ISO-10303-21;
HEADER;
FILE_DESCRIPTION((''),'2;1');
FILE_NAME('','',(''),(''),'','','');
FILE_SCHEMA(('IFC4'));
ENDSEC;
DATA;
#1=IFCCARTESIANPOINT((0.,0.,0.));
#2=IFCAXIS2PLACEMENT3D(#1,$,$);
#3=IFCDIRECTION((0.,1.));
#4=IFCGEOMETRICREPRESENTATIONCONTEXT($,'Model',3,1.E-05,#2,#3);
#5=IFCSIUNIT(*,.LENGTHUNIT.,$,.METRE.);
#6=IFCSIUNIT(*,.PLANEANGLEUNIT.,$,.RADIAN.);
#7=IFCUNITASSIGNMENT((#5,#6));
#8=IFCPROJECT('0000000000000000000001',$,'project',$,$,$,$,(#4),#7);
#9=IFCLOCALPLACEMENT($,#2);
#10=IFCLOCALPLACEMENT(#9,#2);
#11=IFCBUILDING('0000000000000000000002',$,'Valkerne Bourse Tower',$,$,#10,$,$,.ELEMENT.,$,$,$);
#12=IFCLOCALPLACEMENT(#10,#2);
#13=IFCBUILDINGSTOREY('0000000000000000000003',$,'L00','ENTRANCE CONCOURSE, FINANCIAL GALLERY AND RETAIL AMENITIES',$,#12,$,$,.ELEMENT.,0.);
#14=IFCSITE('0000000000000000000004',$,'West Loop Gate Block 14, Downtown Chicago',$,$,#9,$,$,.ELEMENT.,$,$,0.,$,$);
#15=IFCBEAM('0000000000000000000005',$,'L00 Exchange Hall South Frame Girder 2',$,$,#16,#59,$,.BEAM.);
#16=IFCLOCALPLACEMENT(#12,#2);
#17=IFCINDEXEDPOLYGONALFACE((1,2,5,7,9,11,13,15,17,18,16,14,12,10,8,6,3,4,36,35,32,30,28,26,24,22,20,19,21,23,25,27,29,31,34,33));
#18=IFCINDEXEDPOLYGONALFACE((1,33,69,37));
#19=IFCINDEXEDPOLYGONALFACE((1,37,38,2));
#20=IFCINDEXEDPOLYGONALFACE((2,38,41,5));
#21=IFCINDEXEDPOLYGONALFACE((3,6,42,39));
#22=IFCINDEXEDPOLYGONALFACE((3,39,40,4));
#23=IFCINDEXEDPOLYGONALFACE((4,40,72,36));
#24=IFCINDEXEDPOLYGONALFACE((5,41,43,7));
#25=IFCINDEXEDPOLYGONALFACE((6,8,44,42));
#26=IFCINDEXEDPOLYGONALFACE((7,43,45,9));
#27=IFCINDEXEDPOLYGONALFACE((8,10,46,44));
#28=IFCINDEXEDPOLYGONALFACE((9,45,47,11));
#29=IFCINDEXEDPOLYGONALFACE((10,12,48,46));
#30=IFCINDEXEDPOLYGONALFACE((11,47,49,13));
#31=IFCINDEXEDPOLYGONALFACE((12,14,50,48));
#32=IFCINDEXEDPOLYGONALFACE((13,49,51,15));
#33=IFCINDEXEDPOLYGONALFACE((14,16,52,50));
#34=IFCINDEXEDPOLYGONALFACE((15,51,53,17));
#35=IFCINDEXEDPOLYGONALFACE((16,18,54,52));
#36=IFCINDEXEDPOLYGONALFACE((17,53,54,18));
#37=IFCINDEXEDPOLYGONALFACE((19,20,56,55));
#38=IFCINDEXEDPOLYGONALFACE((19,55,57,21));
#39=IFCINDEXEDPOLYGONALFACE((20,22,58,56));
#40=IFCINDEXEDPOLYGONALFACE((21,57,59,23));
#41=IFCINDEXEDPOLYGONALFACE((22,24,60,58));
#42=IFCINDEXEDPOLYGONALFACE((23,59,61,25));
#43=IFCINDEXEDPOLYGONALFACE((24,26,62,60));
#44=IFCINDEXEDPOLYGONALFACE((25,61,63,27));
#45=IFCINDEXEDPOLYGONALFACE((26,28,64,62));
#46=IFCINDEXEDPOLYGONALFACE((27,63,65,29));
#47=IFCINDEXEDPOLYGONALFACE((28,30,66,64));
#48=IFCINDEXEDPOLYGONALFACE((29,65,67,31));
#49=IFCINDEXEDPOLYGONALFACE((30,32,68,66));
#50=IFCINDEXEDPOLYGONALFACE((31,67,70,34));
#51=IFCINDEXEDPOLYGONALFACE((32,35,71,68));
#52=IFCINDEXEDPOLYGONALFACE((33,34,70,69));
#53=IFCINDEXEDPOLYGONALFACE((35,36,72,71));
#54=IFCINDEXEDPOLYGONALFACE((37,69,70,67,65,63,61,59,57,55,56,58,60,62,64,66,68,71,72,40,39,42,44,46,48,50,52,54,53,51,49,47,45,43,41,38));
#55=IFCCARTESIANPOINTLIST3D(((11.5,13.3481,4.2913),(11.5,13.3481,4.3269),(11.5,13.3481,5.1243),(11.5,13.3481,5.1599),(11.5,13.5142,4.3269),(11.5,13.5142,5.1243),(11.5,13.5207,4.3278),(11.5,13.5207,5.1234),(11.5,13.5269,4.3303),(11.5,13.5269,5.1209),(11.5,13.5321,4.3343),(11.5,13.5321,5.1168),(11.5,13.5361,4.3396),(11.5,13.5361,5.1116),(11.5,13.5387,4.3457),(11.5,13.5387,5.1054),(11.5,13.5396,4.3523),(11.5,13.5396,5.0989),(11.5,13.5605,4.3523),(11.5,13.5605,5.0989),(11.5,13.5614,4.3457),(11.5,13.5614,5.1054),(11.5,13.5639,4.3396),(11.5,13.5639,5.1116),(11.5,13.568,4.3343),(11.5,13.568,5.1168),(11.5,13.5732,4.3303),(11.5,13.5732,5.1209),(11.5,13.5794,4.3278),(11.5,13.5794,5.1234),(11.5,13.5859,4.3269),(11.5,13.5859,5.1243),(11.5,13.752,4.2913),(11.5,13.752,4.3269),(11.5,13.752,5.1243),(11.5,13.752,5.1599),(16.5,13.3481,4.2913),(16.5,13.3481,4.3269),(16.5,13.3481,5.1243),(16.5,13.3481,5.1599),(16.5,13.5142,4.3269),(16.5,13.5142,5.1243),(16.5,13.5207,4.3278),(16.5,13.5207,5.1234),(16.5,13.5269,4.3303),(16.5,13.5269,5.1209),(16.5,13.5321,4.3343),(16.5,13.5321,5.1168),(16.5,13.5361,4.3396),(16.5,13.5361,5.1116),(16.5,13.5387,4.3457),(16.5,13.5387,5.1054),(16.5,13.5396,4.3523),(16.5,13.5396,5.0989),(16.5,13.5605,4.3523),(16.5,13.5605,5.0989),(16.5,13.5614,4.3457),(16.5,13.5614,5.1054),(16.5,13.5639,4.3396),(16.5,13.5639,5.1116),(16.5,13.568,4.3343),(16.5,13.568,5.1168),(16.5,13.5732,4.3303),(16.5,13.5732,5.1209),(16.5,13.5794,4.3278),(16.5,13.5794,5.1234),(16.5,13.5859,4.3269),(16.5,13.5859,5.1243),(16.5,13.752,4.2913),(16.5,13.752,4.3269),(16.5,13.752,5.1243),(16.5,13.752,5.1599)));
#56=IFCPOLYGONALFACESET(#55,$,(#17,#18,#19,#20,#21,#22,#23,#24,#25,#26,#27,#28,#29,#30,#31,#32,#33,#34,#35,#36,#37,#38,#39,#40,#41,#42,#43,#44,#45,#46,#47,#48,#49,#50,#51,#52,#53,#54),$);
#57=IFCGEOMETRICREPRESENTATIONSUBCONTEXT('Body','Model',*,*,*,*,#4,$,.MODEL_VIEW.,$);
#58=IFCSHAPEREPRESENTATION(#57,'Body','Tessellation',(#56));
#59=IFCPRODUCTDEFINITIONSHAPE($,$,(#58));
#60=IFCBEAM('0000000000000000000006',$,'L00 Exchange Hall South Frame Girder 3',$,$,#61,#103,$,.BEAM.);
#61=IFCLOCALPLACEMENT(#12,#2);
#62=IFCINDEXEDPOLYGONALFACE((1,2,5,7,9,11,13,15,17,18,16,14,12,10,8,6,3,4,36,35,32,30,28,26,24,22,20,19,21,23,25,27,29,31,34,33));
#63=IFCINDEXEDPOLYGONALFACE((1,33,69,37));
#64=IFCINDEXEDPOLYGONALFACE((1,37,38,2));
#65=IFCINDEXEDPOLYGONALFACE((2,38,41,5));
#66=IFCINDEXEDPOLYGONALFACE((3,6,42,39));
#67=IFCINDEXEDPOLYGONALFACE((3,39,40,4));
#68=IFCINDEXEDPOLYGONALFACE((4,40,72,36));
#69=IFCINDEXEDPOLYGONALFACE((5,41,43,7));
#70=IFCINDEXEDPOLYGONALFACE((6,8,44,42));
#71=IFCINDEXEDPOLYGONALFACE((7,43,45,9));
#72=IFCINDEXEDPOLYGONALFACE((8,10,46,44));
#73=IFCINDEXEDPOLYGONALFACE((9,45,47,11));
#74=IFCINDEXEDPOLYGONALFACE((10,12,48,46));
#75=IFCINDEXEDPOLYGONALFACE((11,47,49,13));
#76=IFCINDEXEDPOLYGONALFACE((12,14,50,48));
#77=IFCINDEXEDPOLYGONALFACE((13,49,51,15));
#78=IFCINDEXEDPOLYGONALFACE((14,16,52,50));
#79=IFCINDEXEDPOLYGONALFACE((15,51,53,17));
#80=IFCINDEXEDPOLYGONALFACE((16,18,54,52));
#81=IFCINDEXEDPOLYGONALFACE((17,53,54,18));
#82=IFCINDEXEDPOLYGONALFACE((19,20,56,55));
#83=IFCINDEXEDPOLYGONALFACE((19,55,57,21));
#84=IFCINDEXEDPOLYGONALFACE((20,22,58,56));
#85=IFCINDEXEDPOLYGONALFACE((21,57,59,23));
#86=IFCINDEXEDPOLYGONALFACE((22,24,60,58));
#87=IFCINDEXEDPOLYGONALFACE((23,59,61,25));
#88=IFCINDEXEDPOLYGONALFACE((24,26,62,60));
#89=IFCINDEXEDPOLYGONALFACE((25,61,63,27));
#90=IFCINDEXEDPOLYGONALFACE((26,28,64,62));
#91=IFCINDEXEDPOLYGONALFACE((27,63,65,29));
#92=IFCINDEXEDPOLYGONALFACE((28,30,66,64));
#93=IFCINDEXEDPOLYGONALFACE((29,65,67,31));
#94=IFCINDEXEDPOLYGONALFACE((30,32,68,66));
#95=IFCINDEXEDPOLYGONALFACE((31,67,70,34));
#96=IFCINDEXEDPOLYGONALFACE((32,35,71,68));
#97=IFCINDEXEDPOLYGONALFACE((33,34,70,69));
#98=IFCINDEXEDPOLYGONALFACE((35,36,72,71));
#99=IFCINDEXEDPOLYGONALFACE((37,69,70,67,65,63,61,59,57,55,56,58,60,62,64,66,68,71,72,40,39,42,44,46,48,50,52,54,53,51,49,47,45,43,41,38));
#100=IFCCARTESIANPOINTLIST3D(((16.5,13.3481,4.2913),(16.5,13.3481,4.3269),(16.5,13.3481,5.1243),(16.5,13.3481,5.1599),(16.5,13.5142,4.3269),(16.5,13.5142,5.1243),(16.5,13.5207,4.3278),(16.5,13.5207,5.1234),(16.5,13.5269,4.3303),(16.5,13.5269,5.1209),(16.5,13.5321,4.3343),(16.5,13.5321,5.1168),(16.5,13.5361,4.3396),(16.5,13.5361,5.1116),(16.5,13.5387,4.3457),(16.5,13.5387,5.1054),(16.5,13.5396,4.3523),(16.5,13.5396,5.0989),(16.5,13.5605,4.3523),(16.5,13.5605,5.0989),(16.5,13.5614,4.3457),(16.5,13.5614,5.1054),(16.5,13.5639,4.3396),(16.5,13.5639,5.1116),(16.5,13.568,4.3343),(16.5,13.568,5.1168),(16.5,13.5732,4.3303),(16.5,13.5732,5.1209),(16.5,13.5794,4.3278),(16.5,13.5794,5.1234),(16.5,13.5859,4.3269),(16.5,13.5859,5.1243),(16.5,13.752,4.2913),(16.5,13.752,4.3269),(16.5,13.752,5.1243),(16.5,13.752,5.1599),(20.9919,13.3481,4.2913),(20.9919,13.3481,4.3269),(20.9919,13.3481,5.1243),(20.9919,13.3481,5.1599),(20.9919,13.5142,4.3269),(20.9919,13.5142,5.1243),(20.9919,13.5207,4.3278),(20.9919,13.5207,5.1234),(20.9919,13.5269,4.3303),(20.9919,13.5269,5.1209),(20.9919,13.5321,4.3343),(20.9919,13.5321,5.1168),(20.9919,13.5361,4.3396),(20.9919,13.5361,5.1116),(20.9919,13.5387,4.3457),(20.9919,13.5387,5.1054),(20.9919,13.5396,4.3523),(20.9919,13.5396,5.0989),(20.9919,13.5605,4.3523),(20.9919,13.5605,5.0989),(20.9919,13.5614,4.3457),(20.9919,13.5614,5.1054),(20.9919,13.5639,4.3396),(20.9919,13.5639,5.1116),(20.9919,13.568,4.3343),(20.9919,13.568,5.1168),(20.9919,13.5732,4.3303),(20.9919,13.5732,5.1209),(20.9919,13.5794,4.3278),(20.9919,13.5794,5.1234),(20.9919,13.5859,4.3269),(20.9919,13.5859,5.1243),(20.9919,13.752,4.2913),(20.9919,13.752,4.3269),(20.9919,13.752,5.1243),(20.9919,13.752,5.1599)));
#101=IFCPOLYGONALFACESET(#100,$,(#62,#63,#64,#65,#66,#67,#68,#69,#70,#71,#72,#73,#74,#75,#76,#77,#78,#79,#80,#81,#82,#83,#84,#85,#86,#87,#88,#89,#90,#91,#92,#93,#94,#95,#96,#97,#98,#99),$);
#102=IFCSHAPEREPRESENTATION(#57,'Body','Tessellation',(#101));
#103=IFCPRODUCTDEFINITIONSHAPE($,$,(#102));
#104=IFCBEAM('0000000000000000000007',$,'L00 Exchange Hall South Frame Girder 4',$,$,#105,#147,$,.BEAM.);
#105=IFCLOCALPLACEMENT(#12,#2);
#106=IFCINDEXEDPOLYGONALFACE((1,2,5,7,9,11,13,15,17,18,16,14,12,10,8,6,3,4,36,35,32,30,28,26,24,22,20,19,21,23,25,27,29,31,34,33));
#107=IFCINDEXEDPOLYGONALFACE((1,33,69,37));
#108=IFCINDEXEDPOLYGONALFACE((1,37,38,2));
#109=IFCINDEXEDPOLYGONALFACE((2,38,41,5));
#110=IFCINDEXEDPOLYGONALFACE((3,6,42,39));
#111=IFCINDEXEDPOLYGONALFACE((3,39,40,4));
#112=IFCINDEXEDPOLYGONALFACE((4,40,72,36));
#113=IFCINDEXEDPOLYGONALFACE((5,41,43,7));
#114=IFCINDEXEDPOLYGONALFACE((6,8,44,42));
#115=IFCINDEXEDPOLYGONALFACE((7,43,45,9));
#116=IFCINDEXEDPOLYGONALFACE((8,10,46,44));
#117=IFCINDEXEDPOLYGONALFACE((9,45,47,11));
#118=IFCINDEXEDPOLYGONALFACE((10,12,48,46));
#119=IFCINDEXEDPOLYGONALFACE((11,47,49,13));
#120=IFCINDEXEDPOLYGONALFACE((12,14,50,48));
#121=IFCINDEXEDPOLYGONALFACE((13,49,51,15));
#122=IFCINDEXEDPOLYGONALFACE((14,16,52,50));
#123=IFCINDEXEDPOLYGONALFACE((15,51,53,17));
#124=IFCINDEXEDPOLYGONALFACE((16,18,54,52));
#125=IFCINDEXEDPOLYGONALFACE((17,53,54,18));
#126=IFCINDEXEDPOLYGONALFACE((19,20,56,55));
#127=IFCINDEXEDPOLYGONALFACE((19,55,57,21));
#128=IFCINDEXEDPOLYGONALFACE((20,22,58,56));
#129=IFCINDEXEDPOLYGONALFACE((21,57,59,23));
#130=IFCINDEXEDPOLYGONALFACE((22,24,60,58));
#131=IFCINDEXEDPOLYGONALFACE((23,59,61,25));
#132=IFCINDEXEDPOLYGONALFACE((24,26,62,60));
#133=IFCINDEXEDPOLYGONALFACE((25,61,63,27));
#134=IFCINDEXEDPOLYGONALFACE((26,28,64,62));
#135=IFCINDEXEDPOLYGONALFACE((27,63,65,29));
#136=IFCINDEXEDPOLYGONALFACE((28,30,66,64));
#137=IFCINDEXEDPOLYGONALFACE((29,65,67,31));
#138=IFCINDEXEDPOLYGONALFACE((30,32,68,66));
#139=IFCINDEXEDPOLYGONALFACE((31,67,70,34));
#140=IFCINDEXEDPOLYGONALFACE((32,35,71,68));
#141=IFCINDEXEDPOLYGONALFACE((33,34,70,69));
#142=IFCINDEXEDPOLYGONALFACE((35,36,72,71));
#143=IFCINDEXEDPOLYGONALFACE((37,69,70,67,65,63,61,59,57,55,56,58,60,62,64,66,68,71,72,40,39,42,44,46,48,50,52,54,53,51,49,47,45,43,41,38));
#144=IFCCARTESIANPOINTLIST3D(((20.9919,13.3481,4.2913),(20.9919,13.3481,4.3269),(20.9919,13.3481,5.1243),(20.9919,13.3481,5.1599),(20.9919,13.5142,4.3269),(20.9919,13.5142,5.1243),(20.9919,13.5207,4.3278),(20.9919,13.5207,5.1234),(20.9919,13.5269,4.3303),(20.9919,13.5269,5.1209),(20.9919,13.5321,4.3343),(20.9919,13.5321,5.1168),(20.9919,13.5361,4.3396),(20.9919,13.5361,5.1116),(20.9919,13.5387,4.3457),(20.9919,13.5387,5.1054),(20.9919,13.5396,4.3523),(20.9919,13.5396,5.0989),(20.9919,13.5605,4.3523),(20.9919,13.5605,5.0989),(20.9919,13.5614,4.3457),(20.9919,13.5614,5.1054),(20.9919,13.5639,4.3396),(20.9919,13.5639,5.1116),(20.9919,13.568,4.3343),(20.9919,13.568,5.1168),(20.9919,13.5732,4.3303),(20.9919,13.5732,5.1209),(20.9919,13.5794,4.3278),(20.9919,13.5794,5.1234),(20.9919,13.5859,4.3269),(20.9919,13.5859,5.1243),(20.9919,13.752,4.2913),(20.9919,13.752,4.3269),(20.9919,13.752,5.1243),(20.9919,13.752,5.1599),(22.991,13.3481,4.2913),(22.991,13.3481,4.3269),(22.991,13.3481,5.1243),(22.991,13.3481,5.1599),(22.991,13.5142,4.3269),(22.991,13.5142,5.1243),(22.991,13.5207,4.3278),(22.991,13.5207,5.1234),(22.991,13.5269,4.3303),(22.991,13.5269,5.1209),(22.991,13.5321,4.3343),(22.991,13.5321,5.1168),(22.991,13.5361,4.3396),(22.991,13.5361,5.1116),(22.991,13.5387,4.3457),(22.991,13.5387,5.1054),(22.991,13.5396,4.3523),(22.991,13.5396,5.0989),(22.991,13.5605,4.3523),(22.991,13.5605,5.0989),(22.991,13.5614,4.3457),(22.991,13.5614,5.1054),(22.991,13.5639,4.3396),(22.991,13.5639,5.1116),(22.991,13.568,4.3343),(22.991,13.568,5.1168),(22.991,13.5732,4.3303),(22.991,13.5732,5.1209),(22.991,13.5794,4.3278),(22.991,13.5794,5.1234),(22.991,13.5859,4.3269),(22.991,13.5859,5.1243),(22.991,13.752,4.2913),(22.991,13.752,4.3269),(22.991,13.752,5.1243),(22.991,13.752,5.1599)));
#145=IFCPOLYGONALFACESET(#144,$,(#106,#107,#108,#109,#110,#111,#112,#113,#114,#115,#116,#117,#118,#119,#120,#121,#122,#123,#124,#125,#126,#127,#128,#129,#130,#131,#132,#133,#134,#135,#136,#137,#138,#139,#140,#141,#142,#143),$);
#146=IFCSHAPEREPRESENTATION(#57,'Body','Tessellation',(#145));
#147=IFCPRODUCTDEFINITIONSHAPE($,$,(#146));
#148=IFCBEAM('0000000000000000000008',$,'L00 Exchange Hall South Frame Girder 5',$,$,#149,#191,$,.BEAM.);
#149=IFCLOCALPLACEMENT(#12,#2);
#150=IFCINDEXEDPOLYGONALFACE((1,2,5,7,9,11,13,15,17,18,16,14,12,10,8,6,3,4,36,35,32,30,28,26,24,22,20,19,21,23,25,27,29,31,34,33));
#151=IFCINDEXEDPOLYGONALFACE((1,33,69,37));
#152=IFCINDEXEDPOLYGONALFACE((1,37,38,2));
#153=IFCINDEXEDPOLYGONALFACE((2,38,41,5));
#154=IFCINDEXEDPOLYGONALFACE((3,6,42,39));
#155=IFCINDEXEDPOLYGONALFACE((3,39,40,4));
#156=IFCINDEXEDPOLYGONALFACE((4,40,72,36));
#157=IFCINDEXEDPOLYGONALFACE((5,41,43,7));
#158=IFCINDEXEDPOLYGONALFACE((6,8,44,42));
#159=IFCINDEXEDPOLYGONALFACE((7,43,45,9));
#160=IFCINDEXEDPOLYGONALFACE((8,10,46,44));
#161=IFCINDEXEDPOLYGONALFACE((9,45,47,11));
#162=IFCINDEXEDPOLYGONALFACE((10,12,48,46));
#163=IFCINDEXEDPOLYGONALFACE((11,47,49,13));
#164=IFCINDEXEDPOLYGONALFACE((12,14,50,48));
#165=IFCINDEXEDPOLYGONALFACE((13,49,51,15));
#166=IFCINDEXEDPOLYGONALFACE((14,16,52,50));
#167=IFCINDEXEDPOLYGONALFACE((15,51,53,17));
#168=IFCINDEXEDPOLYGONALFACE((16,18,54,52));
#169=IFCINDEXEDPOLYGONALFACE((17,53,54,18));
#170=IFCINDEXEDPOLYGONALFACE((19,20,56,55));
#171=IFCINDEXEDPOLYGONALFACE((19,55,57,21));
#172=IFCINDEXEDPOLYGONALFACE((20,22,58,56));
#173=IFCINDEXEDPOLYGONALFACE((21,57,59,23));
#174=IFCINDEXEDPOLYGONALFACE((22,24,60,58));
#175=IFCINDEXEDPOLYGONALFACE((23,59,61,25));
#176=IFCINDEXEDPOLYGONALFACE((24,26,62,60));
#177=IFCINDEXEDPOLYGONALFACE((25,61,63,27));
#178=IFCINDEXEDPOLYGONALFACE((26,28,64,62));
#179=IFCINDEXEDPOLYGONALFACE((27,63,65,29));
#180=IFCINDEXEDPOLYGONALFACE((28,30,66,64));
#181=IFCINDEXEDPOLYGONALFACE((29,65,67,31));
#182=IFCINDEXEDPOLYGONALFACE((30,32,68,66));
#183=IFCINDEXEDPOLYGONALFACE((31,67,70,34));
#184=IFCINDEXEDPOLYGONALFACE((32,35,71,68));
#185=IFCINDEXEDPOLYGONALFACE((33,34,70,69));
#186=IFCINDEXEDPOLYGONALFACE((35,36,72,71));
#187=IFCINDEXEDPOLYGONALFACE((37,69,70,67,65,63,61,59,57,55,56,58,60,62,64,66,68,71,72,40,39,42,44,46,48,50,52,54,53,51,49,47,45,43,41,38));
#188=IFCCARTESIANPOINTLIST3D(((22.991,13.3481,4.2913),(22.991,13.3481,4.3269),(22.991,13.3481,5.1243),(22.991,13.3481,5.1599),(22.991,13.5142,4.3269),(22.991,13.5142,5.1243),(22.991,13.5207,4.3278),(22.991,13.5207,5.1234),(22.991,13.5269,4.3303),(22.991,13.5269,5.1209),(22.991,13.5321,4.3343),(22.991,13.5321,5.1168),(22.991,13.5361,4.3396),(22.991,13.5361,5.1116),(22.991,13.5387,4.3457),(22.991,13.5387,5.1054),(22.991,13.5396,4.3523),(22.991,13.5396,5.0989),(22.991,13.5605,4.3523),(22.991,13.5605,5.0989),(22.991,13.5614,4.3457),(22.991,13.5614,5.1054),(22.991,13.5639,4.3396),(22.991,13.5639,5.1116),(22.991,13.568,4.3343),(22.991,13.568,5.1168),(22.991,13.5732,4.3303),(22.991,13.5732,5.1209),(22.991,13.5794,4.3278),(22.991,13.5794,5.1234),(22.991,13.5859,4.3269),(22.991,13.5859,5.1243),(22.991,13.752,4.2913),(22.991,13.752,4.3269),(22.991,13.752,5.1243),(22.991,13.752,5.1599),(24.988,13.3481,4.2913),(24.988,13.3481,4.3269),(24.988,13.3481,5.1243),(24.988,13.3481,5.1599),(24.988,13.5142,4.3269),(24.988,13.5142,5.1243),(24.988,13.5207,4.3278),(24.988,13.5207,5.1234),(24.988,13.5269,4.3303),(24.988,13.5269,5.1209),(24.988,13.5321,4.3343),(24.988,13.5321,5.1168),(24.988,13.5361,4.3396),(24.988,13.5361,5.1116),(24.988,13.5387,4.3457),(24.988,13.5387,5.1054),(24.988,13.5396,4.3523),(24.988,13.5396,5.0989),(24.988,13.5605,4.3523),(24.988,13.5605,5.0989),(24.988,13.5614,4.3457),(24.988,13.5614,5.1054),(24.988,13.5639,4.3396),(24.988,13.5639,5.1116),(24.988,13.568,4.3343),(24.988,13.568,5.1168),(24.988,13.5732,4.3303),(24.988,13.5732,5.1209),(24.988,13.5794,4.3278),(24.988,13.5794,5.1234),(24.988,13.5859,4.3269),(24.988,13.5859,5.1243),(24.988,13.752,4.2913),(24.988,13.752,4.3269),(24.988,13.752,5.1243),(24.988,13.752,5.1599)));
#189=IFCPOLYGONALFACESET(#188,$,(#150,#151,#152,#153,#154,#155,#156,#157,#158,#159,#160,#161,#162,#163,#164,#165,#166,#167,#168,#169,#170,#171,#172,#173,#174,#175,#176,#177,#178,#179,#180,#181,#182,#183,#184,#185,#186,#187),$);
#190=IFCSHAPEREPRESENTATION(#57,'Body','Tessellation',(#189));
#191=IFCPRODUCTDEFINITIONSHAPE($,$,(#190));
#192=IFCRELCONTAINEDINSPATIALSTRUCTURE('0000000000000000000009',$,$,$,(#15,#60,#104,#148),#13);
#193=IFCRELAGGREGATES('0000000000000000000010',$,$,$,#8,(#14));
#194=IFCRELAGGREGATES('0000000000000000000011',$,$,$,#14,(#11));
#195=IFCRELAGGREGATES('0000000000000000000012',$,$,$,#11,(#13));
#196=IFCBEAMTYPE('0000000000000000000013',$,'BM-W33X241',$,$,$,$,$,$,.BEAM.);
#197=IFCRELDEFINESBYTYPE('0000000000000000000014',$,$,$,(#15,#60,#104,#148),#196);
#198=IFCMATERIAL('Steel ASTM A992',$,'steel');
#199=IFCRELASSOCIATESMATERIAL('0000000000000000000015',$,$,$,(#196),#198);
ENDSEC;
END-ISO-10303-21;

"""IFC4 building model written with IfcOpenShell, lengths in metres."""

from ifc_helpers import new_model, si_unit, direction, frame, origin, origin_2d, place, context, subcontext, project, spatial, i_section, extrude, material, material_profile, profile_set, type_object, element, save


model = new_model("IFC4")

# Units and contexts
model_context = context("Model", 3, precision=1e-05, world=origin(), true_north=direction((0.0, 1.0)))
body_context = subcontext(model_context, "Body", "Model", "MODEL_VIEW")
ifc_project = project(units=[si_unit("LENGTHUNIT", "METRE"), si_unit("PLANEANGLEUNIT", "RADIAN")], contexts=[model_context])

# Site, building, storey
site_placement = place(None, origin())
site = spatial("IfcSite", under=ifc_project, at=site_placement, Name="West Loop Gate Block 14, Downtown Chicago", CompositionType="ELEMENT", RefElevation=0.0)
building_placement = place(site_placement, origin())
building = spatial("IfcBuilding", under=site, at=building_placement, Name="Valkerne Bourse Tower", CompositionType="ELEMENT")
storey_placement = place(building_placement, origin())
storey = spatial("IfcBuildingStorey", under=building, at=storey_placement, Name="L00", Description="ENTRANCE CONCOURSE, FINANCIAL GALLERY AND RETAIL AMENITIES", CompositionType="ELEMENT", Elevation=0.0)

# Beams
ifc_material_1 = material(Name="Steel ASTM A992", Category="steel")
ifc_material_profile_1 = material_profile(ifc_material_1, i_section(OverallWidth=0.4038, OverallDepth=0.8687, WebThickness=0.021, FlangeThickness=0.0356, FilletRadius=0.0254, at=origin_2d()), Name="W33X241")
ifc_profile_set_1 = profile_set([ifc_material_profile_1], Name="Steel ASTM A992")
beam_type = type_object("IfcBeamType", Name="BM-W33X241", PredefinedType="BEAM", material=ifc_profile_set_1)
beam_1_placement = place(storey_placement, frame((11.5, 13.55, 4.7256), z_axis=(1.0, 0.0, 0.0), x_axis=(0.0, 1.0, 0.0)))
element("IfcBeam", 1, at=beam_1_placement, inside=storey, type_object=beam_type, Name="L00 Exchange Hall South Frame Girder 2", PredefinedType="BEAM", context=body_context, shape_type="SweptSolid", body=[
    extrude(i_section(OverallWidth=0.4038, OverallDepth=0.8687, WebThickness=0.021, FlangeThickness=0.0356, FilletRadius=0.0254, at=origin_2d()), origin(), (0.0, 0.0, 1.0), 5.0),
])
beam_2_placement = place(storey_placement, frame((16.5, 13.55, 4.7256), z_axis=(1.0, 0.0, 0.0), x_axis=(0.0, 1.0, 0.0)))
element("IfcBeam", 2, at=beam_2_placement, inside=storey, type_object=beam_type, Name="L00 Exchange Hall South Frame Girder 3", PredefinedType="BEAM", context=body_context, shape_type="SweptSolid", body=[
    extrude(i_section(OverallWidth=0.4038, OverallDepth=0.8687, WebThickness=0.021, FlangeThickness=0.0356, FilletRadius=0.0254, at=origin_2d()), origin(), (0.0, 0.0, 1.0), 4.4919),
])
beam_3_placement = place(storey_placement, frame((20.9919, 13.55, 4.7256), z_axis=(1.0, 0.0, 0.0), x_axis=(0.0, 1.0, 0.0)))
element("IfcBeam", 3, at=beam_3_placement, inside=storey, type_object=beam_type, Name="L00 Exchange Hall South Frame Girder 4", PredefinedType="BEAM", context=body_context, shape_type="SweptSolid", body=[
    extrude(i_section(OverallWidth=0.4038, OverallDepth=0.8687, WebThickness=0.021, FlangeThickness=0.0356, FilletRadius=0.0254, at=origin_2d()), origin(), (0.0, 0.0, 1.0), 1.999),
])
beam_4_placement = place(storey_placement, frame((22.991, 13.55, 4.7256), z_axis=(1.0, 0.0, 0.0), x_axis=(0.0, 1.0, 0.0)))
element("IfcBeam", 4, at=beam_4_placement, inside=storey, type_object=beam_type, Name="L00 Exchange Hall South Frame Girder 5", PredefinedType="BEAM", context=body_context, shape_type="SweptSolid", body=[
    extrude(i_section(OverallWidth=0.4038, OverallDepth=0.8687, WebThickness=0.021, FlangeThickness=0.0356, FilletRadius=0.0254, at=origin_2d()), origin(), (0.0, 0.0, 1.0), 1.9971),
])

save(model, "model.ifc")
